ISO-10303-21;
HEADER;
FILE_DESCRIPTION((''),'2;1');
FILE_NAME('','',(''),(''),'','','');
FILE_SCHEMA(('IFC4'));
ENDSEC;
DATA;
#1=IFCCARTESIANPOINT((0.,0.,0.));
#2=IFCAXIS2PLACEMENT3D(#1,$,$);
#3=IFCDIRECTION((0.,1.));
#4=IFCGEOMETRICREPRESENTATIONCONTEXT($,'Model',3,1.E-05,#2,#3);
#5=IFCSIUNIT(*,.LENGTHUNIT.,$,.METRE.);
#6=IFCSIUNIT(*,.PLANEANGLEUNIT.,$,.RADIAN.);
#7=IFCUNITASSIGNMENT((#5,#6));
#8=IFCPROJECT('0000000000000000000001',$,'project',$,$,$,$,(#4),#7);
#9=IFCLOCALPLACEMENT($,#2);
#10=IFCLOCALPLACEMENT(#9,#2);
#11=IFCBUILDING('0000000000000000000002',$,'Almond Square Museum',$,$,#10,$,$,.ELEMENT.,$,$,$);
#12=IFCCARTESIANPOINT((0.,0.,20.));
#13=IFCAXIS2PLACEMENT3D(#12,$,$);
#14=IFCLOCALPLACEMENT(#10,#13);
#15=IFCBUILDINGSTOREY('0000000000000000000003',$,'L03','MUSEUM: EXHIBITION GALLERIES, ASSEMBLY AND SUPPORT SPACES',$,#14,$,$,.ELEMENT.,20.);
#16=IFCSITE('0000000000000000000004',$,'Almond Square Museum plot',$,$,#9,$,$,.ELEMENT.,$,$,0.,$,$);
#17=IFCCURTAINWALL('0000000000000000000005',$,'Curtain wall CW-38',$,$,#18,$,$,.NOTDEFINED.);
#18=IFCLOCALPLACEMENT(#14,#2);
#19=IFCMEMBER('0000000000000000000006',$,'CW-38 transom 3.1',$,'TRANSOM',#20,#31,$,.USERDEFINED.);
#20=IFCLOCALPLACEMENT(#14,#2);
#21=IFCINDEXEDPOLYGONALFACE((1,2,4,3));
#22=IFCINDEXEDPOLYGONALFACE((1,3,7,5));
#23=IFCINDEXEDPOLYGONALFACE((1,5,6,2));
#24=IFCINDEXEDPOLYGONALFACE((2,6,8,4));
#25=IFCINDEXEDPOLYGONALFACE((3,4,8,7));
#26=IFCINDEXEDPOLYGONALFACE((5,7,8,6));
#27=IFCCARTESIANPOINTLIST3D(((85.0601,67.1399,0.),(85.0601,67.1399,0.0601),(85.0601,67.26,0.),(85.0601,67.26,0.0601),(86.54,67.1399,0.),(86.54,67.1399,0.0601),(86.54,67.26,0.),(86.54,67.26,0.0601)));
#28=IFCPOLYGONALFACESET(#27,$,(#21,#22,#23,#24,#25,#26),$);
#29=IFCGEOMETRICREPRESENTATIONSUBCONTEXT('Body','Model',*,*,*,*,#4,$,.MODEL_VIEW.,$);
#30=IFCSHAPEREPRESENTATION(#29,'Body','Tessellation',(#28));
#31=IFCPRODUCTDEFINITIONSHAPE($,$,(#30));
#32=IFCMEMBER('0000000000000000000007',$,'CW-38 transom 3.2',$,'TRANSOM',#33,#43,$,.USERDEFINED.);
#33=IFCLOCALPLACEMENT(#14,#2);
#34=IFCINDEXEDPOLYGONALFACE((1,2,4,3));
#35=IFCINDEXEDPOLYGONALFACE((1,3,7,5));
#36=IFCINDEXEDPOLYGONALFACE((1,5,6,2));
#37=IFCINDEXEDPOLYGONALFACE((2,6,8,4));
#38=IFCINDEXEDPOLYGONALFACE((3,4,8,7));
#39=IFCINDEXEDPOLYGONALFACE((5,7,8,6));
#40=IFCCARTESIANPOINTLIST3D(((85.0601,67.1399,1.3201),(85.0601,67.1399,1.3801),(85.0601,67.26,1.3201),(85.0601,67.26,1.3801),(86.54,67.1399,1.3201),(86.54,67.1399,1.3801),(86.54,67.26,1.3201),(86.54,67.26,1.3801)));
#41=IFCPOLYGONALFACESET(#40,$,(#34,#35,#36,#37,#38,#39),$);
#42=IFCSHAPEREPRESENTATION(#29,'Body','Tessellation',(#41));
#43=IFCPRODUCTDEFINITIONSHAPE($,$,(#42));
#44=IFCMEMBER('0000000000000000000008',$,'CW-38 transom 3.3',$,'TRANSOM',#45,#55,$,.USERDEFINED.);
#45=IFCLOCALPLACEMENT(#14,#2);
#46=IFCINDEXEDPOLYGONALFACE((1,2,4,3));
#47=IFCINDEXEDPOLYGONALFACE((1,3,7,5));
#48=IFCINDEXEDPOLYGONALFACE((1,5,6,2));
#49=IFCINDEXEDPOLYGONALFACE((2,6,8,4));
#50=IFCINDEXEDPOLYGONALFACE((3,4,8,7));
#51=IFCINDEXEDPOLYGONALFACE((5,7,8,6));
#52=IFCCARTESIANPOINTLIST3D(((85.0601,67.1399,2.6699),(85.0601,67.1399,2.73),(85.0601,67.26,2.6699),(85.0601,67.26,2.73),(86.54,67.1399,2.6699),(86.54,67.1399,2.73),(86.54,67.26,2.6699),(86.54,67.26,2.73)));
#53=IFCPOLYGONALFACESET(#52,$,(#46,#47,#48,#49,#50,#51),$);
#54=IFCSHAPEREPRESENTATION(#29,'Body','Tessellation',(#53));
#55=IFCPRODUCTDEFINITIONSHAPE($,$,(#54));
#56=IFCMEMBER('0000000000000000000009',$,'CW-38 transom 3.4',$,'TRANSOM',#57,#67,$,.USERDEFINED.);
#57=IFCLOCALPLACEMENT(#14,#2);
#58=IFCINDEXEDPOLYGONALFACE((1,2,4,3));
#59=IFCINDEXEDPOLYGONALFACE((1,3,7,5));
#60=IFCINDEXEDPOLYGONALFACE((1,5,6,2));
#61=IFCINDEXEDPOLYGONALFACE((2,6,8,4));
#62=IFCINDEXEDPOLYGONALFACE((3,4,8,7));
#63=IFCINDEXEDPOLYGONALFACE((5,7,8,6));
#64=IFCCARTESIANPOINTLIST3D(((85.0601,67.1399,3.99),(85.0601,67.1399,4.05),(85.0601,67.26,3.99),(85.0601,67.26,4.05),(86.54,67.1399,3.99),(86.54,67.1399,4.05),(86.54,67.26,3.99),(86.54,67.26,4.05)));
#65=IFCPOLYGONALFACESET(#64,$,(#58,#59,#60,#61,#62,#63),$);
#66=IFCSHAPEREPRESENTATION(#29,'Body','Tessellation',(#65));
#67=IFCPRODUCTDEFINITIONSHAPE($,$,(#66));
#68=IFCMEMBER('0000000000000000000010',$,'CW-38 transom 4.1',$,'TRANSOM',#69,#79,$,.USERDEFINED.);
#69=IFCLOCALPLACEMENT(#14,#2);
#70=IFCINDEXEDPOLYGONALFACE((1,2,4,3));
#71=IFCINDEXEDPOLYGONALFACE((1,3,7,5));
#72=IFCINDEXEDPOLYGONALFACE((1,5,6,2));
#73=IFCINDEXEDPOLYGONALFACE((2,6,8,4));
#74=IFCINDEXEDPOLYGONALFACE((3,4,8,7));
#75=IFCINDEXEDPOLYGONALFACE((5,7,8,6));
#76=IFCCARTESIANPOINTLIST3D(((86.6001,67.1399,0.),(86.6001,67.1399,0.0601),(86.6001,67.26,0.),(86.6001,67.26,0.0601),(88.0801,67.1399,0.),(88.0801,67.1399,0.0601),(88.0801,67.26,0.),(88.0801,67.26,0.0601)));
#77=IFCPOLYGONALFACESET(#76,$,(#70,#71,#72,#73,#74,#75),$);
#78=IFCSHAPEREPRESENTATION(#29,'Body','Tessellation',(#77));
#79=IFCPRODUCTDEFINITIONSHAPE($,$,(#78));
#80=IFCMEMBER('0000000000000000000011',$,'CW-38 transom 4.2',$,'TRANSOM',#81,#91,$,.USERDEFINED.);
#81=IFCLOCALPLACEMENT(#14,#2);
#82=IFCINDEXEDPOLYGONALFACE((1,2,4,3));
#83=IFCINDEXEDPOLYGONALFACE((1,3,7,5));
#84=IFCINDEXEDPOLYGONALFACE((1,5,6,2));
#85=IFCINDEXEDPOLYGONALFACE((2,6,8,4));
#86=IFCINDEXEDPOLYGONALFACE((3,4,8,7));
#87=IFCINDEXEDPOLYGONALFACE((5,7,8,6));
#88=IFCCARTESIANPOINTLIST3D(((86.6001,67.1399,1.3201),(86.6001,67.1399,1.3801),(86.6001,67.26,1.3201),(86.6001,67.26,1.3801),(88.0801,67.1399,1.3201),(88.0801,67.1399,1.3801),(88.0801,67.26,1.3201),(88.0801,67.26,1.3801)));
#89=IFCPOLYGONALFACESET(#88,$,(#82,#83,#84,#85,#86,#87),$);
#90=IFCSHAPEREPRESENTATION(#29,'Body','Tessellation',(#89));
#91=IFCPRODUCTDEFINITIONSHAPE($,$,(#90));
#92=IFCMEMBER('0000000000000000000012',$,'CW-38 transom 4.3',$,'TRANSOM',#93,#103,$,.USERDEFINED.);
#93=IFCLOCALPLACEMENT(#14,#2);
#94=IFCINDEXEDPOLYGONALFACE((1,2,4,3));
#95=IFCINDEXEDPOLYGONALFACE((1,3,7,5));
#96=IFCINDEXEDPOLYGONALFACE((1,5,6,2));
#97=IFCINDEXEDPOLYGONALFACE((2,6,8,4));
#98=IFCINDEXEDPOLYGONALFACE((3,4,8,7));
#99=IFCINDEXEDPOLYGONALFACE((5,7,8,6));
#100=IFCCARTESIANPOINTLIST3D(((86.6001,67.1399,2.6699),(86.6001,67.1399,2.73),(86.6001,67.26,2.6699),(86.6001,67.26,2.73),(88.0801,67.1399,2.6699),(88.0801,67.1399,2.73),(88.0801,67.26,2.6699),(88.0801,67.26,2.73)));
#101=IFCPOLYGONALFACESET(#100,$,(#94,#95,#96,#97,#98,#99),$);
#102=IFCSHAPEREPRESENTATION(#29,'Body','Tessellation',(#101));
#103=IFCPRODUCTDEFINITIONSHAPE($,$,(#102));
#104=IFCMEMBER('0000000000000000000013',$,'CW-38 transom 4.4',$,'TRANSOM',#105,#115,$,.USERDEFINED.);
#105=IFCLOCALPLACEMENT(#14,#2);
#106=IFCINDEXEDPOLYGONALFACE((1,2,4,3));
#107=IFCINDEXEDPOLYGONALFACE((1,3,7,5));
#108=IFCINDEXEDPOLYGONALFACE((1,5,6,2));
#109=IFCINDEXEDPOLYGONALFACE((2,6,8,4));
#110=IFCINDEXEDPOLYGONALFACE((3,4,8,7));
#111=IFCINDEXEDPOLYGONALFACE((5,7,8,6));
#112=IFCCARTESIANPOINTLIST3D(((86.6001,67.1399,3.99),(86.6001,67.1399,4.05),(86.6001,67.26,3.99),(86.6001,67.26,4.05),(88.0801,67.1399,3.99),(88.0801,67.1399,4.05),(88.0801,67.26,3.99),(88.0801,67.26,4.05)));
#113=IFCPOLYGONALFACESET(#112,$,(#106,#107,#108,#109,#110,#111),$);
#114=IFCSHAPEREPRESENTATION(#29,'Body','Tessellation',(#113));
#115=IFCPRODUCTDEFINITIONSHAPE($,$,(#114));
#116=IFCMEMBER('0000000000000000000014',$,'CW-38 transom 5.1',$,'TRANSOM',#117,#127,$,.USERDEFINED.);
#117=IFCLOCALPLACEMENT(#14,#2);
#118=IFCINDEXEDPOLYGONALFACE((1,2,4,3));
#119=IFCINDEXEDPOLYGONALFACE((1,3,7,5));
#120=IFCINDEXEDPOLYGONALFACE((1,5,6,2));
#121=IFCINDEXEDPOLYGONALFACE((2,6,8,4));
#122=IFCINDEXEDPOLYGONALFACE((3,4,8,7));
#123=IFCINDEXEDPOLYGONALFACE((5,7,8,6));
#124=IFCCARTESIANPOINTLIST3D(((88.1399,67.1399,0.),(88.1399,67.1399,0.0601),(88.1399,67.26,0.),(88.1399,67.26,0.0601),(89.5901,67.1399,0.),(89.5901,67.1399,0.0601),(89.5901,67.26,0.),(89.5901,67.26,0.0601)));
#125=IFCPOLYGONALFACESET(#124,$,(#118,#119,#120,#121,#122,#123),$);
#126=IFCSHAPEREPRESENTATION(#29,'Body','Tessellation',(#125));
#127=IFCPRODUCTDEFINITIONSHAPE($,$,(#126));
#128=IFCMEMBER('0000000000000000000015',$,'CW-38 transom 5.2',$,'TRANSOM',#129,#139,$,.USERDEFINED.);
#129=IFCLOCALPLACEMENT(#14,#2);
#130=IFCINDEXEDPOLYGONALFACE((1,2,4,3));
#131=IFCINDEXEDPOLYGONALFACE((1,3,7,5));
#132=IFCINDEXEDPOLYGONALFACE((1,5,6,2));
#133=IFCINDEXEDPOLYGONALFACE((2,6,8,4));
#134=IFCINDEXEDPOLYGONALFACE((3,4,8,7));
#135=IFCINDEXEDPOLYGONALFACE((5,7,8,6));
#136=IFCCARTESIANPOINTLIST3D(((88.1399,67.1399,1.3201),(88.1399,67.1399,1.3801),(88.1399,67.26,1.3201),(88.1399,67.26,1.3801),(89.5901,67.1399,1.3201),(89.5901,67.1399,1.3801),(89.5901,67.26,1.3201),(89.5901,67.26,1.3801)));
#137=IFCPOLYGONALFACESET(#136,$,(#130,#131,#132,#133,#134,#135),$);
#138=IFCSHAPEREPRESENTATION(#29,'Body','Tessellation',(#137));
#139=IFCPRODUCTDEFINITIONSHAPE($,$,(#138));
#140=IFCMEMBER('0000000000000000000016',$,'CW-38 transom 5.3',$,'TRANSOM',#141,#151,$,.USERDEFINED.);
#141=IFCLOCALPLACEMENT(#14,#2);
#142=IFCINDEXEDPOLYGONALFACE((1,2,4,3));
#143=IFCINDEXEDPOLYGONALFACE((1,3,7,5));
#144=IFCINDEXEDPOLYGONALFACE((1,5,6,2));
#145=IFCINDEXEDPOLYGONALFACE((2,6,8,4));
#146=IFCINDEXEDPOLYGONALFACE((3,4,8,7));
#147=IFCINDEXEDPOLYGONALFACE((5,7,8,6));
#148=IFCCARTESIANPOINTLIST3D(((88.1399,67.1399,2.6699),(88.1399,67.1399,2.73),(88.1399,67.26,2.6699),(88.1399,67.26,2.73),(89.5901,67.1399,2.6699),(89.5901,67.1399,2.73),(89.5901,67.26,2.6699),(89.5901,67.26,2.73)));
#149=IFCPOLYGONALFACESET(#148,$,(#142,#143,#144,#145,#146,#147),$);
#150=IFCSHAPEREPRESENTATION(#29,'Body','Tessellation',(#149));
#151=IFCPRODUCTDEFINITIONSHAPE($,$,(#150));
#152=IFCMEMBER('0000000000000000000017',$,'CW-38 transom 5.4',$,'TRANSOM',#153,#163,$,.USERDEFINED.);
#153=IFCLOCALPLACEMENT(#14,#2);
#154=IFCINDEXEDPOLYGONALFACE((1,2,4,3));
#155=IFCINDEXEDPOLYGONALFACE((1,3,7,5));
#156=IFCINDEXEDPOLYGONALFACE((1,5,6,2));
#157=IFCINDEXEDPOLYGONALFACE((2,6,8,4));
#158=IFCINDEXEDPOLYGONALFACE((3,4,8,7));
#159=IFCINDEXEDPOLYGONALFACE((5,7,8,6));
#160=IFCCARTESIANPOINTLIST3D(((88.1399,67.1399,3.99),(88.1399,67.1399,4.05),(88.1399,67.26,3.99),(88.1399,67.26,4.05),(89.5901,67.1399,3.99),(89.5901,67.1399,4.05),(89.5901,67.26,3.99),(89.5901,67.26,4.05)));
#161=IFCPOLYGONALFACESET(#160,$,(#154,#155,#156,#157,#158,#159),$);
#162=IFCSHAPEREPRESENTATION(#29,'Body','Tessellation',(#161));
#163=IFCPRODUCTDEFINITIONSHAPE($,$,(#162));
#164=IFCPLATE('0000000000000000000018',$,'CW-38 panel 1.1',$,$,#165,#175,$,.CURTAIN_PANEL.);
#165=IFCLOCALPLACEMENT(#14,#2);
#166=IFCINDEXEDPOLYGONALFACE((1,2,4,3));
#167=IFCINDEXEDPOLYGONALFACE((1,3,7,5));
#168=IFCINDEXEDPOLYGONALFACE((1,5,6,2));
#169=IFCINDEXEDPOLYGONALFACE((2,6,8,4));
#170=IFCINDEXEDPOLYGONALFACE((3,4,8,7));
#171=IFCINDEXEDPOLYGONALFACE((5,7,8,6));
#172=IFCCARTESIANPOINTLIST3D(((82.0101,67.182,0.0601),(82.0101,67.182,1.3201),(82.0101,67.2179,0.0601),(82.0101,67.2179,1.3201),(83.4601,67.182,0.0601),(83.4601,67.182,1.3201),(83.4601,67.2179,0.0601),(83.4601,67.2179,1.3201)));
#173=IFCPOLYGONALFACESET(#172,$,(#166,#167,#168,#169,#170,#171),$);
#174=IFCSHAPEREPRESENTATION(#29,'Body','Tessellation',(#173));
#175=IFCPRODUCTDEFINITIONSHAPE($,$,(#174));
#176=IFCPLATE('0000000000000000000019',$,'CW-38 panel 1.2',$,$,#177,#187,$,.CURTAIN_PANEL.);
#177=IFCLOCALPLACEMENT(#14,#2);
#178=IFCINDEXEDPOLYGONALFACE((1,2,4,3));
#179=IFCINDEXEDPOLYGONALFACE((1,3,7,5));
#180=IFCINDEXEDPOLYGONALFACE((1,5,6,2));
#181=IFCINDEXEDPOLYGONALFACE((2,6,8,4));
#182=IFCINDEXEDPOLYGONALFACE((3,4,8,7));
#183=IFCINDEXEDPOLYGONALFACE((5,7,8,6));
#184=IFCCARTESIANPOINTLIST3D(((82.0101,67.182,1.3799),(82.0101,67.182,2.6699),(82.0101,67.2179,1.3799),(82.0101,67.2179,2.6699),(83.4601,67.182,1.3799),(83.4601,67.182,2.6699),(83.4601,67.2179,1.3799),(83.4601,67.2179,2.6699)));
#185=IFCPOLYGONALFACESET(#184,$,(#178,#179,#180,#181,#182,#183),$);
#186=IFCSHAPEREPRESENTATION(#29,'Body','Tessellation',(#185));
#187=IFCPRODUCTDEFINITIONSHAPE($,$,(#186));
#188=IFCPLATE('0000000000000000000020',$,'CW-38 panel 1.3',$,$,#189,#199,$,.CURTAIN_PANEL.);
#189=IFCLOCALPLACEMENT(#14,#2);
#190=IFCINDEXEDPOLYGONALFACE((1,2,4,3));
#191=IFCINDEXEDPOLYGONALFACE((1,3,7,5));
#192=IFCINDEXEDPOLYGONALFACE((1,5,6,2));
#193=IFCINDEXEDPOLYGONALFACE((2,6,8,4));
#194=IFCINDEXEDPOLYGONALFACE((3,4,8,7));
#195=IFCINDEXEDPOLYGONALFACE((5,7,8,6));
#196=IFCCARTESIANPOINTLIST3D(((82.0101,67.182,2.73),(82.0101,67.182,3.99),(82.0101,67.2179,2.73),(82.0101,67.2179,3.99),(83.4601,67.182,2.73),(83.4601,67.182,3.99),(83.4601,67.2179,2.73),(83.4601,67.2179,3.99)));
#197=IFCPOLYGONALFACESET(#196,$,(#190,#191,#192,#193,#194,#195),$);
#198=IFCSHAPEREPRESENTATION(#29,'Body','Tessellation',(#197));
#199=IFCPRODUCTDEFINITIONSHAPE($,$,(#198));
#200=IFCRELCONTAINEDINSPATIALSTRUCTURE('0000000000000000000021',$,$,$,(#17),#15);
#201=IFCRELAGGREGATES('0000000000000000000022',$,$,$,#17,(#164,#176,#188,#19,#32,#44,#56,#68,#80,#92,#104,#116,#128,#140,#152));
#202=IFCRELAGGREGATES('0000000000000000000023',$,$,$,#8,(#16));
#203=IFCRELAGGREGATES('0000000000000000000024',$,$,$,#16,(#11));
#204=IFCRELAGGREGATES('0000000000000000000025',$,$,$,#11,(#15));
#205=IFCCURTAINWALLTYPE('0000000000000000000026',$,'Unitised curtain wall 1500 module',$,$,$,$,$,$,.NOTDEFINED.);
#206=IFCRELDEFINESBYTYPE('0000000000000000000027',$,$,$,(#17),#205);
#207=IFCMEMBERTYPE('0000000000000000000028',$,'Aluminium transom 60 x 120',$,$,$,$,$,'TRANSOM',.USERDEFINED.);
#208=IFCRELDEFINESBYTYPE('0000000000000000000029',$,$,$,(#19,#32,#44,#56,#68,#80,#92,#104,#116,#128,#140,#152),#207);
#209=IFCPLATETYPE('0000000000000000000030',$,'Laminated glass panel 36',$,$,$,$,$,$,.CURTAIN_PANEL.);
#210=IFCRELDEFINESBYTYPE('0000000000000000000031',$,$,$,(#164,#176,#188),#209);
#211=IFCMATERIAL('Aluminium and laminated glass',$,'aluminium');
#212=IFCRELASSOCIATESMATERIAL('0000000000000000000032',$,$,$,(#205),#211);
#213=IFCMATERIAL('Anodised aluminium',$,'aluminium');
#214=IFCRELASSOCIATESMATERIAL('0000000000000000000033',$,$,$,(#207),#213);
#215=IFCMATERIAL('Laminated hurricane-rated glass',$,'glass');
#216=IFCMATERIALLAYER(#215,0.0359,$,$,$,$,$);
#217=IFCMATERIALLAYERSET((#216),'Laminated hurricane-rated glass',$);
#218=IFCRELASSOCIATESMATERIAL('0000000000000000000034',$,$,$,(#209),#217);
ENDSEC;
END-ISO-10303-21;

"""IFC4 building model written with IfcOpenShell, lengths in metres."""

from ifc_helpers import new_model, si_unit, direction, frame, origin, origin_2d, place, context, subcontext, project, spatial, rectangle, extrude, material, layer, layer_set, material_profile, profile_set, type_object, element, aggregate, save


model = new_model("IFC4")

# Units and contexts
model_context = context("Model", 3, precision=1e-05, world=origin(), true_north=direction((0.0, 1.0)))
body_context = subcontext(model_context, "Body", "Model", "MODEL_VIEW")
ifc_project = project(units=[si_unit("LENGTHUNIT", "METRE"), si_unit("PLANEANGLEUNIT", "RADIAN")], contexts=[model_context])

# Site, building, storey
site_placement = place(None, origin())
site = spatial("IfcSite", under=ifc_project, at=site_placement, Name="Almond Square Museum plot", CompositionType="ELEMENT", RefElevation=0.0)
building_placement = place(site_placement, origin())
building = spatial("IfcBuilding", under=site, at=building_placement, Name="Almond Square Museum", CompositionType="ELEMENT")
storey_placement = place(building_placement, frame((0.0, 0.0, 20.0)))
storey = spatial("IfcBuildingStorey", under=building, at=storey_placement, Name="L03", Description="MUSEUM: EXHIBITION GALLERIES, ASSEMBLY AND SUPPORT SPACES", CompositionType="ELEMENT", Elevation=20.0)

# Curtain wall, members, plates
ifc_material_1 = material(Name="Aluminium and laminated glass", Category="aluminium")
curtain_wall_type = type_object("IfcCurtainWallType", Name="Unitised curtain wall 1500 module", PredefinedType="NOTDEFINED", material=ifc_material_1)
curtain_wall_placement = place(storey_placement, origin())
curtain_wall = element("IfcCurtainWall", 1, at=curtain_wall_placement, inside=storey, type_object=curtain_wall_type, Name="Curtain wall CW-38", PredefinedType="NOTDEFINED")
ifc_material_2 = material(Name="Anodised aluminium", Category="aluminium")
ifc_material_profile_1 = material_profile(ifc_material_2, rectangle(XDim=0.1201, YDim=0.0601, at=origin_2d()))
ifc_profile_set_1 = profile_set([ifc_material_profile_1], Name="Anodised aluminium")
member_type_1 = type_object("IfcMemberType", Name="Aluminium transom 60 x 120", ElementType="TRANSOM", PredefinedType="USERDEFINED", material=ifc_profile_set_1)
member_1_placement = place(storey_placement, frame((85.0601, 67.2, 0.03), z_axis=(1.0, 0.0, 0.0), x_axis=(0.0, 1.0, 0.0)))
member_1 = element("IfcMember", 2, at=member_1_placement, type_object=member_type_1, Name="CW-38 transom 3.1", ObjectType="TRANSOM", PredefinedType="USERDEFINED", context=body_context, shape_type="SweptSolid", body=[
    extrude(rectangle(XDim=0.1201, YDim=0.0601, at=origin_2d()), origin(), (0.0, 0.0, 1.0), 1.48),
])
member_2_placement = place(storey_placement, frame((85.0601, 67.2, 1.3501), z_axis=(1.0, 0.0, 0.0), x_axis=(0.0, 1.0, 0.0)))
member_2 = element("IfcMember", 3, at=member_2_placement, type_object=member_type_1, Name="CW-38 transom 3.2", ObjectType="TRANSOM", PredefinedType="USERDEFINED", context=body_context, shape_type="SweptSolid", body=[
    extrude(rectangle(XDim=0.1201, YDim=0.0601, at=origin_2d()), origin(), (0.0, 0.0, 1.0), 1.48),
])
member_3_placement = place(storey_placement, frame((85.0601, 67.2, 2.7), z_axis=(1.0, 0.0, 0.0), x_axis=(0.0, 1.0, 0.0)))
member_3 = element("IfcMember", 4, at=member_3_placement, type_object=member_type_1, Name="CW-38 transom 3.3", ObjectType="TRANSOM", PredefinedType="USERDEFINED", context=body_context, shape_type="SweptSolid", body=[
    extrude(rectangle(XDim=0.1201, YDim=0.0601, at=origin_2d()), origin(), (0.0, 0.0, 1.0), 1.48),
])
member_4_placement = place(storey_placement, frame((85.0601, 67.2, 4.02), z_axis=(1.0, 0.0, 0.0), x_axis=(0.0, 1.0, 0.0)))
member_4 = element("IfcMember", 5, at=member_4_placement, type_object=member_type_1, Name="CW-38 transom 3.4", ObjectType="TRANSOM", PredefinedType="USERDEFINED", context=body_context, shape_type="SweptSolid", body=[
    extrude(rectangle(XDim=0.1201, YDim=0.0601, at=origin_2d()), origin(), (0.0, 0.0, 1.0), 1.48),
])
member_5_placement = place(storey_placement, frame((86.6001, 67.2, 0.03), z_axis=(1.0, 0.0, 0.0), x_axis=(0.0, 1.0, 0.0)))
member_5 = element("IfcMember", 6, at=member_5_placement, type_object=member_type_1, Name="CW-38 transom 4.1", ObjectType="TRANSOM", PredefinedType="USERDEFINED", context=body_context, shape_type="SweptSolid", body=[
    extrude(rectangle(XDim=0.1201, YDim=0.0601, at=origin_2d()), origin(), (0.0, 0.0, 1.0), 1.48),
])
member_6_placement = place(storey_placement, frame((86.6001, 67.2, 1.3501), z_axis=(1.0, 0.0, 0.0), x_axis=(0.0, 1.0, 0.0)))
member_6 = element("IfcMember", 7, at=member_6_placement, type_object=member_type_1, Name="CW-38 transom 4.2", ObjectType="TRANSOM", PredefinedType="USERDEFINED", context=body_context, shape_type="SweptSolid", body=[
    extrude(rectangle(XDim=0.1201, YDim=0.0601, at=origin_2d()), origin(), (0.0, 0.0, 1.0), 1.48),
])
member_7_placement = place(storey_placement, frame((86.6001, 67.2, 2.7), z_axis=(1.0, 0.0, 0.0), x_axis=(0.0, 1.0, 0.0)))
member_7 = element("IfcMember", 8, at=member_7_placement, type_object=member_type_1, Name="CW-38 transom 4.3", ObjectType="TRANSOM", PredefinedType="USERDEFINED", context=body_context, shape_type="SweptSolid", body=[
    extrude(rectangle(XDim=0.1201, YDim=0.0601, at=origin_2d()), origin(), (0.0, 0.0, 1.0), 1.48),
])
member_8_placement = place(storey_placement, frame((86.6001, 67.2, 4.02), z_axis=(1.0, 0.0, 0.0), x_axis=(0.0, 1.0, 0.0)))
member_8 = element("IfcMember", 9, at=member_8_placement, type_object=member_type_1, Name="CW-38 transom 4.4", ObjectType="TRANSOM", PredefinedType="USERDEFINED", context=body_context, shape_type="SweptSolid", body=[
    extrude(rectangle(XDim=0.1201, YDim=0.0601, at=origin_2d()), origin(), (0.0, 0.0, 1.0), 1.48),
])
member_9_placement = place(storey_placement, frame((88.1399, 67.2, 0.03), z_axis=(1.0, 0.0, 0.0), x_axis=(0.0, 1.0, 0.0)))
member_9 = element("IfcMember", 10, at=member_9_placement, type_object=member_type_1, Name="CW-38 transom 5.1", ObjectType="TRANSOM", PredefinedType="USERDEFINED", context=body_context, shape_type="SweptSolid", body=[
    extrude(rectangle(XDim=0.1201, YDim=0.0601, at=origin_2d()), origin(), (0.0, 0.0, 1.0), 1.4502),
])
member_10_placement = place(storey_placement, frame((88.1399, 67.2, 1.3501), z_axis=(1.0, 0.0, 0.0), x_axis=(0.0, 1.0, 0.0)))
member_10 = element("IfcMember", 11, at=member_10_placement, type_object=member_type_1, Name="CW-38 transom 5.2", ObjectType="TRANSOM", PredefinedType="USERDEFINED", context=body_context, shape_type="SweptSolid", body=[
    extrude(rectangle(XDim=0.1201, YDim=0.0601, at=origin_2d()), origin(), (0.0, 0.0, 1.0), 1.4502),
])
member_11_placement = place(storey_placement, frame((88.1399, 67.2, 2.7), z_axis=(1.0, 0.0, 0.0), x_axis=(0.0, 1.0, 0.0)))
member_11 = element("IfcMember", 12, at=member_11_placement, type_object=member_type_1, Name="CW-38 transom 5.3", ObjectType="TRANSOM", PredefinedType="USERDEFINED", context=body_context, shape_type="SweptSolid", body=[
    extrude(rectangle(XDim=0.1201, YDim=0.0601, at=origin_2d()), origin(), (0.0, 0.0, 1.0), 1.4502),
])
member_12_placement = place(storey_placement, frame((88.1399, 67.2, 4.02), z_axis=(1.0, 0.0, 0.0), x_axis=(0.0, 1.0, 0.0)))
member_12 = element("IfcMember", 13, at=member_12_placement, type_object=member_type_1, Name="CW-38 transom 5.4", ObjectType="TRANSOM", PredefinedType="USERDEFINED", context=body_context, shape_type="SweptSolid", body=[
    extrude(rectangle(XDim=0.1201, YDim=0.0601, at=origin_2d()), origin(), (0.0, 0.0, 1.0), 1.4502),
])
ifc_material_3 = material(Name="Laminated hurricane-rated glass", Category="glass")
ifc_layer = layer(ifc_material_3, 0.0359)
ifc_layer_set = layer_set([ifc_layer], Name="Laminated hurricane-rated glass")
plate_type = type_object("IfcPlateType", Name="Laminated glass panel 36", PredefinedType="CURTAIN_PANEL", material=ifc_layer_set)
plate_1_placement = place(storey_placement, frame((82.7351, 67.2, 0.0601), z_axis=(0.0, 0.0, 1.0), x_axis=(1.0, 0.0, 0.0)))
plate_1 = element("IfcPlate", 14, at=plate_1_placement, type_object=plate_type, Name="CW-38 panel 1.1", PredefinedType="CURTAIN_PANEL", context=body_context, shape_type="SweptSolid", body=[
    extrude(rectangle(XDim=1.45, YDim=0.0359, at=origin_2d()), origin(), (0.0, 0.0, 1.0), 1.26),
])
plate_2_placement = place(storey_placement, frame((82.7351, 67.2, 1.3799), z_axis=(0.0, 0.0, 1.0), x_axis=(1.0, 0.0, 0.0)))
plate_2 = element("IfcPlate", 15, at=plate_2_placement, type_object=plate_type, Name="CW-38 panel 1.2", PredefinedType="CURTAIN_PANEL", context=body_context, shape_type="SweptSolid", body=[
    extrude(rectangle(XDim=1.45, YDim=0.0359, at=origin_2d()), origin(), (0.0, 0.0, 1.0), 1.29),
])
plate_3_placement = place(storey_placement, frame((82.7351, 67.2, 2.73), z_axis=(0.0, 0.0, 1.0), x_axis=(1.0, 0.0, 0.0)))
plate_3 = element("IfcPlate", 16, at=plate_3_placement, type_object=plate_type, Name="CW-38 panel 1.3", PredefinedType="CURTAIN_PANEL", context=body_context, shape_type="SweptSolid", body=[
    extrude(rectangle(XDim=1.45, YDim=0.0359, at=origin_2d()), origin(), (0.0, 0.0, 1.0), 1.26),
])
aggregate(curtain_wall, [plate_1, plate_2, plate_3, member_1, member_2, member_3, member_4, member_5, member_6, member_7, member_8, member_9, member_10, member_11, member_12])

save(model, "model.ifc")
